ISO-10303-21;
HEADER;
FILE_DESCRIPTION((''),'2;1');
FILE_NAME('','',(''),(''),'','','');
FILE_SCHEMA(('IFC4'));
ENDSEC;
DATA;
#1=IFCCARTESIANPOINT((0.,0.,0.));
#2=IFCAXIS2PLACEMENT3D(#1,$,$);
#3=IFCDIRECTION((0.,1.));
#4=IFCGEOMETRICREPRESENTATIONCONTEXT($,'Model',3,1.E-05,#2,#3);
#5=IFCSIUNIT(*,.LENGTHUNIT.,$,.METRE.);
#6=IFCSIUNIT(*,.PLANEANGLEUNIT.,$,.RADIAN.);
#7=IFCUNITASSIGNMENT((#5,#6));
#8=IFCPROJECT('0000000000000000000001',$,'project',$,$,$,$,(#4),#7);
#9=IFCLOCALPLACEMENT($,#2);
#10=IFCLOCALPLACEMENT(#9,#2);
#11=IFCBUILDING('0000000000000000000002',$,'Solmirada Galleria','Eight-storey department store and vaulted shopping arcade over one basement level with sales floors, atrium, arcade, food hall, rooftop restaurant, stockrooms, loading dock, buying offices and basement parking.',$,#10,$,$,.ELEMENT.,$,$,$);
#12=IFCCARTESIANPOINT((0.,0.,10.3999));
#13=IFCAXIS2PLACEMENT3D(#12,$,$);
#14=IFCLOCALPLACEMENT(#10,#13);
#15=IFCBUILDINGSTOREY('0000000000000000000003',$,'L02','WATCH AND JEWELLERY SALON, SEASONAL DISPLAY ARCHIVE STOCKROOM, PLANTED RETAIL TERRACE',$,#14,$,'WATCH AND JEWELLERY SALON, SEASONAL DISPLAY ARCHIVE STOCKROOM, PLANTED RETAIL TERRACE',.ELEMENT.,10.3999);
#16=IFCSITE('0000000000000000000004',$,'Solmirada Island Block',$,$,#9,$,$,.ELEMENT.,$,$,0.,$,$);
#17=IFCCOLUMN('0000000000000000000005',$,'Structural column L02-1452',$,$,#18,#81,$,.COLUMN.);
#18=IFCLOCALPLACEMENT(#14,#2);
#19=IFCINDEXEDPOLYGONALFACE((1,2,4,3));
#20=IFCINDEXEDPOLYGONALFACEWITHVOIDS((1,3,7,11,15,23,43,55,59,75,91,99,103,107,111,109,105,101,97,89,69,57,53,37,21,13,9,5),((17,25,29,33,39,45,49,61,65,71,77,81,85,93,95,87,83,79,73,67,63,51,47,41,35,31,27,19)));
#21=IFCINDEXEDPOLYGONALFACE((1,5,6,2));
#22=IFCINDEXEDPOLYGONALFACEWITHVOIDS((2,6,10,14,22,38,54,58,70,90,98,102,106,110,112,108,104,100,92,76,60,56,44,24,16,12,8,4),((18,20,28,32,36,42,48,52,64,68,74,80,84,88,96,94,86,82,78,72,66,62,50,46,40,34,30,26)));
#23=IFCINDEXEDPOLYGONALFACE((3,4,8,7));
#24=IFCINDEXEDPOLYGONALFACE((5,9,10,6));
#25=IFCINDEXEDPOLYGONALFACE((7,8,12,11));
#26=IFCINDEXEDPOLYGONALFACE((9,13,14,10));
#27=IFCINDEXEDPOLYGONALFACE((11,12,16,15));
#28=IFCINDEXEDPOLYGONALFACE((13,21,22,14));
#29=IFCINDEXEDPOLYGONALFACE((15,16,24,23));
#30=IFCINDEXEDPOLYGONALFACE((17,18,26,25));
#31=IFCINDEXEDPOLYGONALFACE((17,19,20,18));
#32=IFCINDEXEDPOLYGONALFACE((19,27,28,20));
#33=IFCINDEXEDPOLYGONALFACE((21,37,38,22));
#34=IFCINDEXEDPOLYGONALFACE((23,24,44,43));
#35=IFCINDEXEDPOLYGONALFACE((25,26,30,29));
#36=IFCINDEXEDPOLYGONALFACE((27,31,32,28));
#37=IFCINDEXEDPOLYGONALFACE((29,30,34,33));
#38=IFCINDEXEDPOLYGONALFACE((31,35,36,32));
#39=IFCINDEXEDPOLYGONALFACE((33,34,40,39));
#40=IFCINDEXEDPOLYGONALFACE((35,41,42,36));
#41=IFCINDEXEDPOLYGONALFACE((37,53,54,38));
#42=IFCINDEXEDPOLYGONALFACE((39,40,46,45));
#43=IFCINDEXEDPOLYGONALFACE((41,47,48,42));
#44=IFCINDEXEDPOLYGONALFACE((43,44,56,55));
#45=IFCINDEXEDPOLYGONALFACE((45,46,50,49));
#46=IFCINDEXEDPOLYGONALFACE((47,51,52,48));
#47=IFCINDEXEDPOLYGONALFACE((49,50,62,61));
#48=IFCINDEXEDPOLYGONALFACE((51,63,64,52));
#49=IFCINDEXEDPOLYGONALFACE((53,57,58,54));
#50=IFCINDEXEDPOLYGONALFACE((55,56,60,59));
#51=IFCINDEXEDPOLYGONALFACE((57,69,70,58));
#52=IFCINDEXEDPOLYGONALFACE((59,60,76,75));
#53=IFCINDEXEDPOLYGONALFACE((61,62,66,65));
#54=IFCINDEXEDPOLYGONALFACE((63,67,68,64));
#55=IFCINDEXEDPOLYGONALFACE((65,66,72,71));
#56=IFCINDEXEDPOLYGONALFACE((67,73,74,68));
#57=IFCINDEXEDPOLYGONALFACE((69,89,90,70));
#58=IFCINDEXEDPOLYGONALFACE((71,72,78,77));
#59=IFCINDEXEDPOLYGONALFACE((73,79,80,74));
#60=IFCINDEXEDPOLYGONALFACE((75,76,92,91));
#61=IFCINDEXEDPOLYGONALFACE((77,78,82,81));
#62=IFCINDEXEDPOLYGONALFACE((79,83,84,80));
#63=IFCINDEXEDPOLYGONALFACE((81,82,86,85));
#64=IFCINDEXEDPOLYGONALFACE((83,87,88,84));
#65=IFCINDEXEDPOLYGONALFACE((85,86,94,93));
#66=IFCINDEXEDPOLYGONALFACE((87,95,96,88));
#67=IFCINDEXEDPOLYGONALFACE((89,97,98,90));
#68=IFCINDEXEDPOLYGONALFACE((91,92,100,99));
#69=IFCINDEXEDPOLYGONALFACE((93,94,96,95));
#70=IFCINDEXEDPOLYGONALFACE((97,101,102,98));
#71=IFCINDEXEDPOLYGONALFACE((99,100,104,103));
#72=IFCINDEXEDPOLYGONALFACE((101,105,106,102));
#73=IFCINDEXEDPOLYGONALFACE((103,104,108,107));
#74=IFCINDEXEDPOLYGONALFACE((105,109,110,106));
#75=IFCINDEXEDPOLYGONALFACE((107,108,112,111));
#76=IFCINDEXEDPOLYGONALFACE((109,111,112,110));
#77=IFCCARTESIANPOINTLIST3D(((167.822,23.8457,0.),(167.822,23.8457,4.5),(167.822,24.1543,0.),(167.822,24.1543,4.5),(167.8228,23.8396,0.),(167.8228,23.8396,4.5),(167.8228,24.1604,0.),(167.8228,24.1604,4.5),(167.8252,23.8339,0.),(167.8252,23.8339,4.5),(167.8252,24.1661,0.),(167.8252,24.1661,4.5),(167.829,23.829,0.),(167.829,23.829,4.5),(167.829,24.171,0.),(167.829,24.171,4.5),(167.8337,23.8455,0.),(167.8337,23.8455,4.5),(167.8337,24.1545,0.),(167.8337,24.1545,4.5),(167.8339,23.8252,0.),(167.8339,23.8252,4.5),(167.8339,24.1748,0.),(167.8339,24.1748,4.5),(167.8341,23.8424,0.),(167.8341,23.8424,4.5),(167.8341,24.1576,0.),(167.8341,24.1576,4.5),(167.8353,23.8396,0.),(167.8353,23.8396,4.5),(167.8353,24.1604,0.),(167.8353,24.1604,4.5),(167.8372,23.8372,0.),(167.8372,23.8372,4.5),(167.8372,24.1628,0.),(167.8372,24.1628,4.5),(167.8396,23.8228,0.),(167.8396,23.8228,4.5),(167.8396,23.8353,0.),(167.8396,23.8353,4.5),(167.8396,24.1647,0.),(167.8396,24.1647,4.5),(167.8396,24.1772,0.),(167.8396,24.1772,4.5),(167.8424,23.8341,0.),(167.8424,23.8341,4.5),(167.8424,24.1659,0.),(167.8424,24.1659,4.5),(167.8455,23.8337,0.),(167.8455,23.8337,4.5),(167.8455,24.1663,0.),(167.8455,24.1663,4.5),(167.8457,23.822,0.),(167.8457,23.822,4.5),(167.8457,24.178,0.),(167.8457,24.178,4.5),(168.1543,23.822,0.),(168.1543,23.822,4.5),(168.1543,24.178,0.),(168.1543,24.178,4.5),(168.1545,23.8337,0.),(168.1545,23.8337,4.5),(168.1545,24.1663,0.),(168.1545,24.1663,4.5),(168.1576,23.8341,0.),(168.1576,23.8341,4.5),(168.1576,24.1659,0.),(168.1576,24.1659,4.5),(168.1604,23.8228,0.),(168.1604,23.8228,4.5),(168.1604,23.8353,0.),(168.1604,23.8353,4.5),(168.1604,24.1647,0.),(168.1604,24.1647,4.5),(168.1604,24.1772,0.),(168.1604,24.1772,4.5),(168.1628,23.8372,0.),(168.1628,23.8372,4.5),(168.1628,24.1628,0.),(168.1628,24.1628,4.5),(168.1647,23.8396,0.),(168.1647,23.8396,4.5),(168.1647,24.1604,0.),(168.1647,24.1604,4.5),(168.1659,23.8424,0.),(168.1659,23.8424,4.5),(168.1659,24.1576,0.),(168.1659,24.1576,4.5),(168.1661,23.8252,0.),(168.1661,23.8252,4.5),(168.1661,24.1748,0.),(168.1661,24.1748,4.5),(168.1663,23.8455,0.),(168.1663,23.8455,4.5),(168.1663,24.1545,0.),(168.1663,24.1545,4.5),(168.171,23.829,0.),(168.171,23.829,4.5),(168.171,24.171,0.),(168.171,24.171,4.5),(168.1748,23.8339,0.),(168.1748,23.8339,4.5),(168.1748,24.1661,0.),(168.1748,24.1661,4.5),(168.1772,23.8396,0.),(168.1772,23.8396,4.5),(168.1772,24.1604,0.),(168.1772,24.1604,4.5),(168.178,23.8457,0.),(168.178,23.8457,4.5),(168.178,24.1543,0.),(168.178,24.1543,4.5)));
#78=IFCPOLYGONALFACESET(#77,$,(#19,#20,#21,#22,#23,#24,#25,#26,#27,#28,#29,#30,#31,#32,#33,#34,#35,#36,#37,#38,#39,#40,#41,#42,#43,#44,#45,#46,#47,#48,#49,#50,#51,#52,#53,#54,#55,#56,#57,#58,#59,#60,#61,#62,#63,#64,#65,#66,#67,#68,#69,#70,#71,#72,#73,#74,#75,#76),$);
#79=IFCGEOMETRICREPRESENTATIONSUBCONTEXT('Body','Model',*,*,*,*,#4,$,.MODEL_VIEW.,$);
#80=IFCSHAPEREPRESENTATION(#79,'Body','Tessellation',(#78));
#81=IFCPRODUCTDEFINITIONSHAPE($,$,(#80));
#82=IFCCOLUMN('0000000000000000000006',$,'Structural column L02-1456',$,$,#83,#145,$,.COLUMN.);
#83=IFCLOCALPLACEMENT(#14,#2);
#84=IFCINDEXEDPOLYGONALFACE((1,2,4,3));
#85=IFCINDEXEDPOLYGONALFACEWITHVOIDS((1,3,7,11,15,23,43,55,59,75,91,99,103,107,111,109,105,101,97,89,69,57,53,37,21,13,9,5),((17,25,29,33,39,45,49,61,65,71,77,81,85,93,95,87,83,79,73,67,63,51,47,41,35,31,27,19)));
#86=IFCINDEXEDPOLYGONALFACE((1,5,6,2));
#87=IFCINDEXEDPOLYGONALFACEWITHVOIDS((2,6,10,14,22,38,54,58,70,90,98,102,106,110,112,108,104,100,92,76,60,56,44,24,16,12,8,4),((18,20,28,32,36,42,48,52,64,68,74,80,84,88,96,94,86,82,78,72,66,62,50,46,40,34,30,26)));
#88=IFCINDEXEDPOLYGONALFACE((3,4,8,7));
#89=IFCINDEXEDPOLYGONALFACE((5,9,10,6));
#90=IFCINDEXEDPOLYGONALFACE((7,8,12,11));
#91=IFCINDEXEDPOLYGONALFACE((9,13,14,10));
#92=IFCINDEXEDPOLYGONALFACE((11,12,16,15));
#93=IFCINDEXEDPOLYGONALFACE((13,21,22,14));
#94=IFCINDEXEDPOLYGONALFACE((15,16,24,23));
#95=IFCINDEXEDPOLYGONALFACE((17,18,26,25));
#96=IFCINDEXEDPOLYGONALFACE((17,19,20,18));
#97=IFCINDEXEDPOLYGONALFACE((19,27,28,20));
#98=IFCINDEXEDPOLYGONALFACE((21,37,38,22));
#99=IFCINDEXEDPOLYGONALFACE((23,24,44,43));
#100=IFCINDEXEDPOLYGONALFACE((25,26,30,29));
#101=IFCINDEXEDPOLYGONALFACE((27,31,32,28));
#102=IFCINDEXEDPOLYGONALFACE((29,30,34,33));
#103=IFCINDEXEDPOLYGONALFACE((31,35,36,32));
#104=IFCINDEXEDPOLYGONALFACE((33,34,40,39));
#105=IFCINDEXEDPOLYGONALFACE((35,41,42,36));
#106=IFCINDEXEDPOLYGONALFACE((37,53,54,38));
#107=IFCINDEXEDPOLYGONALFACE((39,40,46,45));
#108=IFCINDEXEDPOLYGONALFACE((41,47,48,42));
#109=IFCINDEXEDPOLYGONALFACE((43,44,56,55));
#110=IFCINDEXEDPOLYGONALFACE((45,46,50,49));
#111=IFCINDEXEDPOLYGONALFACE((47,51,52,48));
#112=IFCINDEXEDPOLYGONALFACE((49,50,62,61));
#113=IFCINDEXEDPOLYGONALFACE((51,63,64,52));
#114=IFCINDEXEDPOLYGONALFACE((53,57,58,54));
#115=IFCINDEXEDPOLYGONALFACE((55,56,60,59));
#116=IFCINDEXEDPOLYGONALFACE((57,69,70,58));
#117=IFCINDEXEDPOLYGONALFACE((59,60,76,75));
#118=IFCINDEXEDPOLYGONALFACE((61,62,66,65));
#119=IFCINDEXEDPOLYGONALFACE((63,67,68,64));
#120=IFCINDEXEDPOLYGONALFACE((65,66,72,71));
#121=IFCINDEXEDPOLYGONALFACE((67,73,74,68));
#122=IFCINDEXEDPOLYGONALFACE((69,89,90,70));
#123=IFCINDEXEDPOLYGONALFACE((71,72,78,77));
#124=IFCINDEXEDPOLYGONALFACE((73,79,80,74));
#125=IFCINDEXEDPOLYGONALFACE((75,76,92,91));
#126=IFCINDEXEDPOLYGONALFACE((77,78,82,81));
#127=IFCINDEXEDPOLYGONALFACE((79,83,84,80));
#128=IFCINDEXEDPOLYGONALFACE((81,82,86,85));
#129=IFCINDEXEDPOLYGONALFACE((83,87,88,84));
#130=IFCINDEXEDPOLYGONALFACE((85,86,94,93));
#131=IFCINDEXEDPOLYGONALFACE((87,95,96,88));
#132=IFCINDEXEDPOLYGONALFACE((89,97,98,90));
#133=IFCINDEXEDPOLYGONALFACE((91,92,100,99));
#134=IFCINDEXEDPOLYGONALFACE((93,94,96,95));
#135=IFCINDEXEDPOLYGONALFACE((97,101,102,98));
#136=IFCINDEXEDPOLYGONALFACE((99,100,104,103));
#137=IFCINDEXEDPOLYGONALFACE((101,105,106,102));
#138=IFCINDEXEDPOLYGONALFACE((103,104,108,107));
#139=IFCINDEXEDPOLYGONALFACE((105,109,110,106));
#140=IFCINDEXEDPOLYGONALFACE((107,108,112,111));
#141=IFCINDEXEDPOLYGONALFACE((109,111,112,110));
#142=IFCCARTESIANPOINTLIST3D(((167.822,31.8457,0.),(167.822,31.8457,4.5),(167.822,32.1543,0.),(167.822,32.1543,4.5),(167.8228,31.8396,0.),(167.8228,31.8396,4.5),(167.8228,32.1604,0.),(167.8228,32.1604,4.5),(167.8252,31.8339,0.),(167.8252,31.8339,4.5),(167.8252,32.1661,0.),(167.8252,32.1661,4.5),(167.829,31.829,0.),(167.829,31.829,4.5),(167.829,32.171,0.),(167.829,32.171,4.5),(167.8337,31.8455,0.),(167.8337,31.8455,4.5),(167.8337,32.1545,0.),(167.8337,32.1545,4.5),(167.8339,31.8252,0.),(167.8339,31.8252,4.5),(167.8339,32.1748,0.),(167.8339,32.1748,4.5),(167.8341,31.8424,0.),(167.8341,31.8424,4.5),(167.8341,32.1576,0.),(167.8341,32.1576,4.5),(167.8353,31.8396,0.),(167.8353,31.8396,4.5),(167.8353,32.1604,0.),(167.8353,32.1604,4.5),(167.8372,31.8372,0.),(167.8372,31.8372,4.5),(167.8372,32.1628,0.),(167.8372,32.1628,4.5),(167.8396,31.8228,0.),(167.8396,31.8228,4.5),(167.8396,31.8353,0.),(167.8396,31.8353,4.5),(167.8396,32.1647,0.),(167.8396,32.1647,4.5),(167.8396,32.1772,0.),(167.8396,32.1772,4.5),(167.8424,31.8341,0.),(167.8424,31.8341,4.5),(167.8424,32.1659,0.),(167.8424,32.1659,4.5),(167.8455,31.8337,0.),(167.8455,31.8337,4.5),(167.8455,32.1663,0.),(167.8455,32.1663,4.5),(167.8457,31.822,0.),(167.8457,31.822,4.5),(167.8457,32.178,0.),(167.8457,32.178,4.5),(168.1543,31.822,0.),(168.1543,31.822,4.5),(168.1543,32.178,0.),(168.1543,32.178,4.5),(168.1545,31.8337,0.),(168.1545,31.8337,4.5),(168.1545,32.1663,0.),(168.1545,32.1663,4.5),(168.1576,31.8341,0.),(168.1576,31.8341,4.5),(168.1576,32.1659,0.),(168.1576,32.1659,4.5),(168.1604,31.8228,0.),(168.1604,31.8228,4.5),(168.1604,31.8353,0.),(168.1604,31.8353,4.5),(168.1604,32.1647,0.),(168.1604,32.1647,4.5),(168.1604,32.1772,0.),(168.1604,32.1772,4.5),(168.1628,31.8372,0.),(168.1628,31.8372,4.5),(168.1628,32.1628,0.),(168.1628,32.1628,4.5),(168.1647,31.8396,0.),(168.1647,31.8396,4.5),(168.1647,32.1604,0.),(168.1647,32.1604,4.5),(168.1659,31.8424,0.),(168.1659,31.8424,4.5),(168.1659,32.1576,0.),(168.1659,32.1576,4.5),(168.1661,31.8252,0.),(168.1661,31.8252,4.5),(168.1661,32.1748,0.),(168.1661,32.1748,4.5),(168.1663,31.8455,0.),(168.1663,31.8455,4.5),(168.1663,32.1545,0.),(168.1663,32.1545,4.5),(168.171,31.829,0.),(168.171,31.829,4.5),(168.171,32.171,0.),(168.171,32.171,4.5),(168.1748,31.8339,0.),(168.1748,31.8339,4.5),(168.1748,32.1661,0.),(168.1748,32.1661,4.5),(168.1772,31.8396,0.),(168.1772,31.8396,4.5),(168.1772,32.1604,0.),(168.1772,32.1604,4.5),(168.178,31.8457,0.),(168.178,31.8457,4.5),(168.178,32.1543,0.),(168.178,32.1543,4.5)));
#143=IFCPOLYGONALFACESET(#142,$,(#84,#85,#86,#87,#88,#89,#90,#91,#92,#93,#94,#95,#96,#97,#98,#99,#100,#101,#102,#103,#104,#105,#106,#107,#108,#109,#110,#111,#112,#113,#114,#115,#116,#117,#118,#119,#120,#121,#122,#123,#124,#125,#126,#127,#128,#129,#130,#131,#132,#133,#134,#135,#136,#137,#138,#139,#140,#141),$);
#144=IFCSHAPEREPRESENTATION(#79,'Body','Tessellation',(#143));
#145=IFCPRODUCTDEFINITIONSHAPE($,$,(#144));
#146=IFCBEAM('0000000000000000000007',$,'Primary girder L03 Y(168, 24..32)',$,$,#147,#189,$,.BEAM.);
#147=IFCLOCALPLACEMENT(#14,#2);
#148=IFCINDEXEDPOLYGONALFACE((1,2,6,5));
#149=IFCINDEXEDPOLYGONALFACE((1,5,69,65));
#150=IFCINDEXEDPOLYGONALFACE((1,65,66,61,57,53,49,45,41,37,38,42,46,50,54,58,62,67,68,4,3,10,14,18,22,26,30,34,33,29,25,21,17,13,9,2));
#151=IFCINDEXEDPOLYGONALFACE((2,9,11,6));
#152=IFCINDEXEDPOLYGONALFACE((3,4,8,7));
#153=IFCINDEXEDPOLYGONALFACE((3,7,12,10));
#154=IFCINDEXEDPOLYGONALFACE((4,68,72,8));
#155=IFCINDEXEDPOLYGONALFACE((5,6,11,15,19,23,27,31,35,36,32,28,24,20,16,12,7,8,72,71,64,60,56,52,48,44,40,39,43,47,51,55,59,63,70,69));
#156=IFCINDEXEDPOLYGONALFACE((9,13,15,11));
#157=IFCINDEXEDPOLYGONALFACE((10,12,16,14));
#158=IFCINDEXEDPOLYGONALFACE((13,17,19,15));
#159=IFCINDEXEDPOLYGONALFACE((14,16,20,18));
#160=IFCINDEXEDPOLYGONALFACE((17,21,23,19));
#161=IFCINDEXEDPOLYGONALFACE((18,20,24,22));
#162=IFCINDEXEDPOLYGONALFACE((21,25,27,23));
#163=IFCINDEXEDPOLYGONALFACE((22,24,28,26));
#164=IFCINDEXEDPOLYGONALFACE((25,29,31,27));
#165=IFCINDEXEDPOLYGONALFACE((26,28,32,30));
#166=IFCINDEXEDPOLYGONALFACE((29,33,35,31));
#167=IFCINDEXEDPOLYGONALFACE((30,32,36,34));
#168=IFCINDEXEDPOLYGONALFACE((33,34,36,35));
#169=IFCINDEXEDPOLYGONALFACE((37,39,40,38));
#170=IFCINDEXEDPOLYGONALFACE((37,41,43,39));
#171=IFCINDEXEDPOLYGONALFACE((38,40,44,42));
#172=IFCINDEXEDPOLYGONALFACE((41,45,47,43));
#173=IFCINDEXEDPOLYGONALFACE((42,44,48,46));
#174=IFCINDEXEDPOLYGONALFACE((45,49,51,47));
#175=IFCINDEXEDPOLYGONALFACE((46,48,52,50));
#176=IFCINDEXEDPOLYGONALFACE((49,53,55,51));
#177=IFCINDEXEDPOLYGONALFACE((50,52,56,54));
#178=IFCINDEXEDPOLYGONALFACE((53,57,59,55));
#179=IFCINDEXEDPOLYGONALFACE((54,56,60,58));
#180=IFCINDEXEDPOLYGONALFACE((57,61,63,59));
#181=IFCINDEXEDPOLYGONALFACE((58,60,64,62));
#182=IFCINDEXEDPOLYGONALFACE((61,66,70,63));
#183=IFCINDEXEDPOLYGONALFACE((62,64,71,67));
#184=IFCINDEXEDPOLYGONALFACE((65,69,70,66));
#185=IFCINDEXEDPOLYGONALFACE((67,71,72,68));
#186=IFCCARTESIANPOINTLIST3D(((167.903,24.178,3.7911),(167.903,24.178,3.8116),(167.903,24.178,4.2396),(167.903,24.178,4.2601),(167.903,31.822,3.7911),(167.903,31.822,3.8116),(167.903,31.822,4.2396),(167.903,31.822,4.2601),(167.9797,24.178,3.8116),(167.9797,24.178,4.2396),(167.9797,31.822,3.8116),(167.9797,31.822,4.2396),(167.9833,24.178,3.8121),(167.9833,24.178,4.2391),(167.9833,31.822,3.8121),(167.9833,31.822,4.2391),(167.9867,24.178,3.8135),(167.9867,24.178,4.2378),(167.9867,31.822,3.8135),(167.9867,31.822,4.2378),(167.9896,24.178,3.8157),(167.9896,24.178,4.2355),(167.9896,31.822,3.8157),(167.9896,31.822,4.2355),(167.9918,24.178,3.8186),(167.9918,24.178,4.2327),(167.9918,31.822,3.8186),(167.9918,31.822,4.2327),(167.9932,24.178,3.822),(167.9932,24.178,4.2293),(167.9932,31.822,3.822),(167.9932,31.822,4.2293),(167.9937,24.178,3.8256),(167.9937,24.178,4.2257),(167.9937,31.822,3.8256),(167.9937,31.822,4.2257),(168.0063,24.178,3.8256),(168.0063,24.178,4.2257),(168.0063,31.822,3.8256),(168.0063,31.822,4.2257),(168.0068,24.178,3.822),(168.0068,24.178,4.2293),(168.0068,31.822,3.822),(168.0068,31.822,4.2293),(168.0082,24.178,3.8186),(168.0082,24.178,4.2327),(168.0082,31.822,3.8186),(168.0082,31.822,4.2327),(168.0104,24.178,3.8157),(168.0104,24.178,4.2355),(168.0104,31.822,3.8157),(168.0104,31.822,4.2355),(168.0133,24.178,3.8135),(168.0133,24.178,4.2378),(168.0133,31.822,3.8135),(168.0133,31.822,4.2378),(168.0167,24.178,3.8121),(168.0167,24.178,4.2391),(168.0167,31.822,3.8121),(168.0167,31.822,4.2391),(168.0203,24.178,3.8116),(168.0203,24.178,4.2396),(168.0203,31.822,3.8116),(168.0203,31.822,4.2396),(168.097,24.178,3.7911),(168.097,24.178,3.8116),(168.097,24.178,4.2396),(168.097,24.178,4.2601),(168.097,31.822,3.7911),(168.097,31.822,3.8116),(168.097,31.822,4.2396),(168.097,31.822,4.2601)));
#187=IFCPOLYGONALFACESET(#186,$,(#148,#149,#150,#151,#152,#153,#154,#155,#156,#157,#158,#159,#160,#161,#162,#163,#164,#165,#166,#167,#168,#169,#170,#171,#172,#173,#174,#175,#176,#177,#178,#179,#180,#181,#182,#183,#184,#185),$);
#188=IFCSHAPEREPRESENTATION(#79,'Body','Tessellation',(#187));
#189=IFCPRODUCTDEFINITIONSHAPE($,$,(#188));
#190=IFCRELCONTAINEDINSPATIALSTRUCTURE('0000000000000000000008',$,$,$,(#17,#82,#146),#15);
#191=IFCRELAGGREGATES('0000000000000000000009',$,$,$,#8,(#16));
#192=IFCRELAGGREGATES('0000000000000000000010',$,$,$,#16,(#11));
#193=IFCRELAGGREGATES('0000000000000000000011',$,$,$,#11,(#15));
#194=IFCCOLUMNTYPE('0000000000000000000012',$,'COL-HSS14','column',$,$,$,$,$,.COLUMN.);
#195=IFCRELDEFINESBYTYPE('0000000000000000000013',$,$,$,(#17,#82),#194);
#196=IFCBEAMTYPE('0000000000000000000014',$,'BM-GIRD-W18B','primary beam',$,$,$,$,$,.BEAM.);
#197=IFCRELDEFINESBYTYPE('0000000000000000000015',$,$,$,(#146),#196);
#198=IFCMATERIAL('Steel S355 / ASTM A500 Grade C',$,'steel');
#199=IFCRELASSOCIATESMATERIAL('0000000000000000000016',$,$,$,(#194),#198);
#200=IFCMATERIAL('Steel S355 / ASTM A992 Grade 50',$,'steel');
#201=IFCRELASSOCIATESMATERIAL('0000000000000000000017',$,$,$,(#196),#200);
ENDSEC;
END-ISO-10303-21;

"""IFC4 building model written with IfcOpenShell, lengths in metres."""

from ifc_helpers import new_model, si_unit, direction, frame, origin, origin_2d, place, context, subcontext, project, spatial, hollow_rectangle, i_section, extrude, material, material_profile, profile_set, type_object, element, save


model = new_model("IFC4")

# Units and contexts
model_context = context("Model", 3, precision=1e-05, world=origin(), true_north=direction((0.0, 1.0)))
body_context = subcontext(model_context, "Body", "Model", "MODEL_VIEW")
ifc_project = project(units=[si_unit("LENGTHUNIT", "METRE"), si_unit("PLANEANGLEUNIT", "RADIAN")], contexts=[model_context])

# Site, building, storey
site_placement = place(None, origin())
site = spatial("IfcSite", under=ifc_project, at=site_placement, Name="Solmirada Island Block", CompositionType="ELEMENT", RefElevation=0.0)
building_placement = place(site_placement, origin())
building = spatial("IfcBuilding", under=site, at=building_placement, Name="Solmirada Galleria", Description="Eight-storey department store and vaulted shopping arcade over one basement level with sales floors, atrium, arcade, food hall, rooftop restaurant, stockrooms, loading dock, buying offices and basement parking.", CompositionType="ELEMENT")
storey_placement = place(building_placement, frame((0.0, 0.0, 10.3999)))
storey = spatial("IfcBuildingStorey", under=building, at=storey_placement, Name="L02", Description="WATCH AND JEWELLERY SALON, SEASONAL DISPLAY ARCHIVE STOCKROOM, PLANTED RETAIL TERRACE", LongName="WATCH AND JEWELLERY SALON, SEASONAL DISPLAY ARCHIVE STOCKROOM, PLANTED RETAIL TERRACE", CompositionType="ELEMENT", Elevation=10.3999)

# Columns
ifc_material_1 = material(Name="Steel S355 / ASTM A500 Grade C", Category="steel")
ifc_material_profile_1 = material_profile(ifc_material_1, hollow_rectangle(XDim=0.356, YDim=0.356, WallThickness=0.0117, InnerFilletRadius=0.0117, OuterFilletRadius=0.0237, at=origin_2d()), Name="HSS14X14X1/2")
ifc_profile_set_1 = profile_set([ifc_material_profile_1], Name="Steel S355 / ASTM A500 Grade C")
column_type = type_object("IfcColumnType", Name="COL-HSS14", Description="column", PredefinedType="COLUMN", material=ifc_profile_set_1)
for number, where, z_axis, x_axis, name in (
    (1, (168.0, 24.0, 0.0), (0.0, 0.0, 1.0), (1.0, 0.0, 0.0), "Structural column L02-1452"),
    (2, (168.0, 32.0, 0.0), (0.0, 0.0, 1.0), (1.0, 0.0, 0.0), "Structural column L02-1456"),
):
    element("IfcColumn", number, at=place(storey_placement, frame(where, z_axis=z_axis, x_axis=x_axis)), inside=storey, type_object=column_type, Name=name, PredefinedType="COLUMN", context=body_context, shape_type="SweptSolid", body=[
        extrude(hollow_rectangle(XDim=0.356, YDim=0.356, WallThickness=0.0117, InnerFilletRadius=0.0117, OuterFilletRadius=0.0237, at=origin_2d()), origin(), (0.0, 0.0, 1.0), 4.5),
    ])

# Beam
ifc_material_2 = material(Name="Steel S355 / ASTM A992 Grade 50", Category="steel")
ifc_material_profile_2 = material_profile(ifc_material_2, i_section(OverallWidth=0.1941, OverallDepth=0.469, WebThickness=0.0127, FlangeThickness=0.0205, FilletRadius=0.0139, at=origin_2d()), Name="W18X71")
ifc_profile_set_2 = profile_set([ifc_material_profile_2], Name="Steel S355 / ASTM A992 Grade 50")
beam_type_1 = type_object("IfcBeamType", Name="BM-GIRD-W18B", Description="primary beam", PredefinedType="BEAM", material=ifc_profile_set_2)
beam_1_placement = place(storey_placement, frame((168.0, 24.178, 4.0256), z_axis=(0.0, 1.0, 0.0), x_axis=(-1.0, 0.0, 0.0)))
element("IfcBeam", 3, at=beam_1_placement, inside=storey, type_object=beam_type_1, Name="Primary girder L03 Y(168, 24..32)", PredefinedType="BEAM", context=body_context, shape_type="SweptSolid", body=[
    extrude(i_section(OverallWidth=0.1941, OverallDepth=0.469, WebThickness=0.0127, FlangeThickness=0.0205, FilletRadius=0.0139, at=origin_2d()), origin(), (0.0, 0.0, 1.0), 7.644),
])

save(model, "model.ifc")
